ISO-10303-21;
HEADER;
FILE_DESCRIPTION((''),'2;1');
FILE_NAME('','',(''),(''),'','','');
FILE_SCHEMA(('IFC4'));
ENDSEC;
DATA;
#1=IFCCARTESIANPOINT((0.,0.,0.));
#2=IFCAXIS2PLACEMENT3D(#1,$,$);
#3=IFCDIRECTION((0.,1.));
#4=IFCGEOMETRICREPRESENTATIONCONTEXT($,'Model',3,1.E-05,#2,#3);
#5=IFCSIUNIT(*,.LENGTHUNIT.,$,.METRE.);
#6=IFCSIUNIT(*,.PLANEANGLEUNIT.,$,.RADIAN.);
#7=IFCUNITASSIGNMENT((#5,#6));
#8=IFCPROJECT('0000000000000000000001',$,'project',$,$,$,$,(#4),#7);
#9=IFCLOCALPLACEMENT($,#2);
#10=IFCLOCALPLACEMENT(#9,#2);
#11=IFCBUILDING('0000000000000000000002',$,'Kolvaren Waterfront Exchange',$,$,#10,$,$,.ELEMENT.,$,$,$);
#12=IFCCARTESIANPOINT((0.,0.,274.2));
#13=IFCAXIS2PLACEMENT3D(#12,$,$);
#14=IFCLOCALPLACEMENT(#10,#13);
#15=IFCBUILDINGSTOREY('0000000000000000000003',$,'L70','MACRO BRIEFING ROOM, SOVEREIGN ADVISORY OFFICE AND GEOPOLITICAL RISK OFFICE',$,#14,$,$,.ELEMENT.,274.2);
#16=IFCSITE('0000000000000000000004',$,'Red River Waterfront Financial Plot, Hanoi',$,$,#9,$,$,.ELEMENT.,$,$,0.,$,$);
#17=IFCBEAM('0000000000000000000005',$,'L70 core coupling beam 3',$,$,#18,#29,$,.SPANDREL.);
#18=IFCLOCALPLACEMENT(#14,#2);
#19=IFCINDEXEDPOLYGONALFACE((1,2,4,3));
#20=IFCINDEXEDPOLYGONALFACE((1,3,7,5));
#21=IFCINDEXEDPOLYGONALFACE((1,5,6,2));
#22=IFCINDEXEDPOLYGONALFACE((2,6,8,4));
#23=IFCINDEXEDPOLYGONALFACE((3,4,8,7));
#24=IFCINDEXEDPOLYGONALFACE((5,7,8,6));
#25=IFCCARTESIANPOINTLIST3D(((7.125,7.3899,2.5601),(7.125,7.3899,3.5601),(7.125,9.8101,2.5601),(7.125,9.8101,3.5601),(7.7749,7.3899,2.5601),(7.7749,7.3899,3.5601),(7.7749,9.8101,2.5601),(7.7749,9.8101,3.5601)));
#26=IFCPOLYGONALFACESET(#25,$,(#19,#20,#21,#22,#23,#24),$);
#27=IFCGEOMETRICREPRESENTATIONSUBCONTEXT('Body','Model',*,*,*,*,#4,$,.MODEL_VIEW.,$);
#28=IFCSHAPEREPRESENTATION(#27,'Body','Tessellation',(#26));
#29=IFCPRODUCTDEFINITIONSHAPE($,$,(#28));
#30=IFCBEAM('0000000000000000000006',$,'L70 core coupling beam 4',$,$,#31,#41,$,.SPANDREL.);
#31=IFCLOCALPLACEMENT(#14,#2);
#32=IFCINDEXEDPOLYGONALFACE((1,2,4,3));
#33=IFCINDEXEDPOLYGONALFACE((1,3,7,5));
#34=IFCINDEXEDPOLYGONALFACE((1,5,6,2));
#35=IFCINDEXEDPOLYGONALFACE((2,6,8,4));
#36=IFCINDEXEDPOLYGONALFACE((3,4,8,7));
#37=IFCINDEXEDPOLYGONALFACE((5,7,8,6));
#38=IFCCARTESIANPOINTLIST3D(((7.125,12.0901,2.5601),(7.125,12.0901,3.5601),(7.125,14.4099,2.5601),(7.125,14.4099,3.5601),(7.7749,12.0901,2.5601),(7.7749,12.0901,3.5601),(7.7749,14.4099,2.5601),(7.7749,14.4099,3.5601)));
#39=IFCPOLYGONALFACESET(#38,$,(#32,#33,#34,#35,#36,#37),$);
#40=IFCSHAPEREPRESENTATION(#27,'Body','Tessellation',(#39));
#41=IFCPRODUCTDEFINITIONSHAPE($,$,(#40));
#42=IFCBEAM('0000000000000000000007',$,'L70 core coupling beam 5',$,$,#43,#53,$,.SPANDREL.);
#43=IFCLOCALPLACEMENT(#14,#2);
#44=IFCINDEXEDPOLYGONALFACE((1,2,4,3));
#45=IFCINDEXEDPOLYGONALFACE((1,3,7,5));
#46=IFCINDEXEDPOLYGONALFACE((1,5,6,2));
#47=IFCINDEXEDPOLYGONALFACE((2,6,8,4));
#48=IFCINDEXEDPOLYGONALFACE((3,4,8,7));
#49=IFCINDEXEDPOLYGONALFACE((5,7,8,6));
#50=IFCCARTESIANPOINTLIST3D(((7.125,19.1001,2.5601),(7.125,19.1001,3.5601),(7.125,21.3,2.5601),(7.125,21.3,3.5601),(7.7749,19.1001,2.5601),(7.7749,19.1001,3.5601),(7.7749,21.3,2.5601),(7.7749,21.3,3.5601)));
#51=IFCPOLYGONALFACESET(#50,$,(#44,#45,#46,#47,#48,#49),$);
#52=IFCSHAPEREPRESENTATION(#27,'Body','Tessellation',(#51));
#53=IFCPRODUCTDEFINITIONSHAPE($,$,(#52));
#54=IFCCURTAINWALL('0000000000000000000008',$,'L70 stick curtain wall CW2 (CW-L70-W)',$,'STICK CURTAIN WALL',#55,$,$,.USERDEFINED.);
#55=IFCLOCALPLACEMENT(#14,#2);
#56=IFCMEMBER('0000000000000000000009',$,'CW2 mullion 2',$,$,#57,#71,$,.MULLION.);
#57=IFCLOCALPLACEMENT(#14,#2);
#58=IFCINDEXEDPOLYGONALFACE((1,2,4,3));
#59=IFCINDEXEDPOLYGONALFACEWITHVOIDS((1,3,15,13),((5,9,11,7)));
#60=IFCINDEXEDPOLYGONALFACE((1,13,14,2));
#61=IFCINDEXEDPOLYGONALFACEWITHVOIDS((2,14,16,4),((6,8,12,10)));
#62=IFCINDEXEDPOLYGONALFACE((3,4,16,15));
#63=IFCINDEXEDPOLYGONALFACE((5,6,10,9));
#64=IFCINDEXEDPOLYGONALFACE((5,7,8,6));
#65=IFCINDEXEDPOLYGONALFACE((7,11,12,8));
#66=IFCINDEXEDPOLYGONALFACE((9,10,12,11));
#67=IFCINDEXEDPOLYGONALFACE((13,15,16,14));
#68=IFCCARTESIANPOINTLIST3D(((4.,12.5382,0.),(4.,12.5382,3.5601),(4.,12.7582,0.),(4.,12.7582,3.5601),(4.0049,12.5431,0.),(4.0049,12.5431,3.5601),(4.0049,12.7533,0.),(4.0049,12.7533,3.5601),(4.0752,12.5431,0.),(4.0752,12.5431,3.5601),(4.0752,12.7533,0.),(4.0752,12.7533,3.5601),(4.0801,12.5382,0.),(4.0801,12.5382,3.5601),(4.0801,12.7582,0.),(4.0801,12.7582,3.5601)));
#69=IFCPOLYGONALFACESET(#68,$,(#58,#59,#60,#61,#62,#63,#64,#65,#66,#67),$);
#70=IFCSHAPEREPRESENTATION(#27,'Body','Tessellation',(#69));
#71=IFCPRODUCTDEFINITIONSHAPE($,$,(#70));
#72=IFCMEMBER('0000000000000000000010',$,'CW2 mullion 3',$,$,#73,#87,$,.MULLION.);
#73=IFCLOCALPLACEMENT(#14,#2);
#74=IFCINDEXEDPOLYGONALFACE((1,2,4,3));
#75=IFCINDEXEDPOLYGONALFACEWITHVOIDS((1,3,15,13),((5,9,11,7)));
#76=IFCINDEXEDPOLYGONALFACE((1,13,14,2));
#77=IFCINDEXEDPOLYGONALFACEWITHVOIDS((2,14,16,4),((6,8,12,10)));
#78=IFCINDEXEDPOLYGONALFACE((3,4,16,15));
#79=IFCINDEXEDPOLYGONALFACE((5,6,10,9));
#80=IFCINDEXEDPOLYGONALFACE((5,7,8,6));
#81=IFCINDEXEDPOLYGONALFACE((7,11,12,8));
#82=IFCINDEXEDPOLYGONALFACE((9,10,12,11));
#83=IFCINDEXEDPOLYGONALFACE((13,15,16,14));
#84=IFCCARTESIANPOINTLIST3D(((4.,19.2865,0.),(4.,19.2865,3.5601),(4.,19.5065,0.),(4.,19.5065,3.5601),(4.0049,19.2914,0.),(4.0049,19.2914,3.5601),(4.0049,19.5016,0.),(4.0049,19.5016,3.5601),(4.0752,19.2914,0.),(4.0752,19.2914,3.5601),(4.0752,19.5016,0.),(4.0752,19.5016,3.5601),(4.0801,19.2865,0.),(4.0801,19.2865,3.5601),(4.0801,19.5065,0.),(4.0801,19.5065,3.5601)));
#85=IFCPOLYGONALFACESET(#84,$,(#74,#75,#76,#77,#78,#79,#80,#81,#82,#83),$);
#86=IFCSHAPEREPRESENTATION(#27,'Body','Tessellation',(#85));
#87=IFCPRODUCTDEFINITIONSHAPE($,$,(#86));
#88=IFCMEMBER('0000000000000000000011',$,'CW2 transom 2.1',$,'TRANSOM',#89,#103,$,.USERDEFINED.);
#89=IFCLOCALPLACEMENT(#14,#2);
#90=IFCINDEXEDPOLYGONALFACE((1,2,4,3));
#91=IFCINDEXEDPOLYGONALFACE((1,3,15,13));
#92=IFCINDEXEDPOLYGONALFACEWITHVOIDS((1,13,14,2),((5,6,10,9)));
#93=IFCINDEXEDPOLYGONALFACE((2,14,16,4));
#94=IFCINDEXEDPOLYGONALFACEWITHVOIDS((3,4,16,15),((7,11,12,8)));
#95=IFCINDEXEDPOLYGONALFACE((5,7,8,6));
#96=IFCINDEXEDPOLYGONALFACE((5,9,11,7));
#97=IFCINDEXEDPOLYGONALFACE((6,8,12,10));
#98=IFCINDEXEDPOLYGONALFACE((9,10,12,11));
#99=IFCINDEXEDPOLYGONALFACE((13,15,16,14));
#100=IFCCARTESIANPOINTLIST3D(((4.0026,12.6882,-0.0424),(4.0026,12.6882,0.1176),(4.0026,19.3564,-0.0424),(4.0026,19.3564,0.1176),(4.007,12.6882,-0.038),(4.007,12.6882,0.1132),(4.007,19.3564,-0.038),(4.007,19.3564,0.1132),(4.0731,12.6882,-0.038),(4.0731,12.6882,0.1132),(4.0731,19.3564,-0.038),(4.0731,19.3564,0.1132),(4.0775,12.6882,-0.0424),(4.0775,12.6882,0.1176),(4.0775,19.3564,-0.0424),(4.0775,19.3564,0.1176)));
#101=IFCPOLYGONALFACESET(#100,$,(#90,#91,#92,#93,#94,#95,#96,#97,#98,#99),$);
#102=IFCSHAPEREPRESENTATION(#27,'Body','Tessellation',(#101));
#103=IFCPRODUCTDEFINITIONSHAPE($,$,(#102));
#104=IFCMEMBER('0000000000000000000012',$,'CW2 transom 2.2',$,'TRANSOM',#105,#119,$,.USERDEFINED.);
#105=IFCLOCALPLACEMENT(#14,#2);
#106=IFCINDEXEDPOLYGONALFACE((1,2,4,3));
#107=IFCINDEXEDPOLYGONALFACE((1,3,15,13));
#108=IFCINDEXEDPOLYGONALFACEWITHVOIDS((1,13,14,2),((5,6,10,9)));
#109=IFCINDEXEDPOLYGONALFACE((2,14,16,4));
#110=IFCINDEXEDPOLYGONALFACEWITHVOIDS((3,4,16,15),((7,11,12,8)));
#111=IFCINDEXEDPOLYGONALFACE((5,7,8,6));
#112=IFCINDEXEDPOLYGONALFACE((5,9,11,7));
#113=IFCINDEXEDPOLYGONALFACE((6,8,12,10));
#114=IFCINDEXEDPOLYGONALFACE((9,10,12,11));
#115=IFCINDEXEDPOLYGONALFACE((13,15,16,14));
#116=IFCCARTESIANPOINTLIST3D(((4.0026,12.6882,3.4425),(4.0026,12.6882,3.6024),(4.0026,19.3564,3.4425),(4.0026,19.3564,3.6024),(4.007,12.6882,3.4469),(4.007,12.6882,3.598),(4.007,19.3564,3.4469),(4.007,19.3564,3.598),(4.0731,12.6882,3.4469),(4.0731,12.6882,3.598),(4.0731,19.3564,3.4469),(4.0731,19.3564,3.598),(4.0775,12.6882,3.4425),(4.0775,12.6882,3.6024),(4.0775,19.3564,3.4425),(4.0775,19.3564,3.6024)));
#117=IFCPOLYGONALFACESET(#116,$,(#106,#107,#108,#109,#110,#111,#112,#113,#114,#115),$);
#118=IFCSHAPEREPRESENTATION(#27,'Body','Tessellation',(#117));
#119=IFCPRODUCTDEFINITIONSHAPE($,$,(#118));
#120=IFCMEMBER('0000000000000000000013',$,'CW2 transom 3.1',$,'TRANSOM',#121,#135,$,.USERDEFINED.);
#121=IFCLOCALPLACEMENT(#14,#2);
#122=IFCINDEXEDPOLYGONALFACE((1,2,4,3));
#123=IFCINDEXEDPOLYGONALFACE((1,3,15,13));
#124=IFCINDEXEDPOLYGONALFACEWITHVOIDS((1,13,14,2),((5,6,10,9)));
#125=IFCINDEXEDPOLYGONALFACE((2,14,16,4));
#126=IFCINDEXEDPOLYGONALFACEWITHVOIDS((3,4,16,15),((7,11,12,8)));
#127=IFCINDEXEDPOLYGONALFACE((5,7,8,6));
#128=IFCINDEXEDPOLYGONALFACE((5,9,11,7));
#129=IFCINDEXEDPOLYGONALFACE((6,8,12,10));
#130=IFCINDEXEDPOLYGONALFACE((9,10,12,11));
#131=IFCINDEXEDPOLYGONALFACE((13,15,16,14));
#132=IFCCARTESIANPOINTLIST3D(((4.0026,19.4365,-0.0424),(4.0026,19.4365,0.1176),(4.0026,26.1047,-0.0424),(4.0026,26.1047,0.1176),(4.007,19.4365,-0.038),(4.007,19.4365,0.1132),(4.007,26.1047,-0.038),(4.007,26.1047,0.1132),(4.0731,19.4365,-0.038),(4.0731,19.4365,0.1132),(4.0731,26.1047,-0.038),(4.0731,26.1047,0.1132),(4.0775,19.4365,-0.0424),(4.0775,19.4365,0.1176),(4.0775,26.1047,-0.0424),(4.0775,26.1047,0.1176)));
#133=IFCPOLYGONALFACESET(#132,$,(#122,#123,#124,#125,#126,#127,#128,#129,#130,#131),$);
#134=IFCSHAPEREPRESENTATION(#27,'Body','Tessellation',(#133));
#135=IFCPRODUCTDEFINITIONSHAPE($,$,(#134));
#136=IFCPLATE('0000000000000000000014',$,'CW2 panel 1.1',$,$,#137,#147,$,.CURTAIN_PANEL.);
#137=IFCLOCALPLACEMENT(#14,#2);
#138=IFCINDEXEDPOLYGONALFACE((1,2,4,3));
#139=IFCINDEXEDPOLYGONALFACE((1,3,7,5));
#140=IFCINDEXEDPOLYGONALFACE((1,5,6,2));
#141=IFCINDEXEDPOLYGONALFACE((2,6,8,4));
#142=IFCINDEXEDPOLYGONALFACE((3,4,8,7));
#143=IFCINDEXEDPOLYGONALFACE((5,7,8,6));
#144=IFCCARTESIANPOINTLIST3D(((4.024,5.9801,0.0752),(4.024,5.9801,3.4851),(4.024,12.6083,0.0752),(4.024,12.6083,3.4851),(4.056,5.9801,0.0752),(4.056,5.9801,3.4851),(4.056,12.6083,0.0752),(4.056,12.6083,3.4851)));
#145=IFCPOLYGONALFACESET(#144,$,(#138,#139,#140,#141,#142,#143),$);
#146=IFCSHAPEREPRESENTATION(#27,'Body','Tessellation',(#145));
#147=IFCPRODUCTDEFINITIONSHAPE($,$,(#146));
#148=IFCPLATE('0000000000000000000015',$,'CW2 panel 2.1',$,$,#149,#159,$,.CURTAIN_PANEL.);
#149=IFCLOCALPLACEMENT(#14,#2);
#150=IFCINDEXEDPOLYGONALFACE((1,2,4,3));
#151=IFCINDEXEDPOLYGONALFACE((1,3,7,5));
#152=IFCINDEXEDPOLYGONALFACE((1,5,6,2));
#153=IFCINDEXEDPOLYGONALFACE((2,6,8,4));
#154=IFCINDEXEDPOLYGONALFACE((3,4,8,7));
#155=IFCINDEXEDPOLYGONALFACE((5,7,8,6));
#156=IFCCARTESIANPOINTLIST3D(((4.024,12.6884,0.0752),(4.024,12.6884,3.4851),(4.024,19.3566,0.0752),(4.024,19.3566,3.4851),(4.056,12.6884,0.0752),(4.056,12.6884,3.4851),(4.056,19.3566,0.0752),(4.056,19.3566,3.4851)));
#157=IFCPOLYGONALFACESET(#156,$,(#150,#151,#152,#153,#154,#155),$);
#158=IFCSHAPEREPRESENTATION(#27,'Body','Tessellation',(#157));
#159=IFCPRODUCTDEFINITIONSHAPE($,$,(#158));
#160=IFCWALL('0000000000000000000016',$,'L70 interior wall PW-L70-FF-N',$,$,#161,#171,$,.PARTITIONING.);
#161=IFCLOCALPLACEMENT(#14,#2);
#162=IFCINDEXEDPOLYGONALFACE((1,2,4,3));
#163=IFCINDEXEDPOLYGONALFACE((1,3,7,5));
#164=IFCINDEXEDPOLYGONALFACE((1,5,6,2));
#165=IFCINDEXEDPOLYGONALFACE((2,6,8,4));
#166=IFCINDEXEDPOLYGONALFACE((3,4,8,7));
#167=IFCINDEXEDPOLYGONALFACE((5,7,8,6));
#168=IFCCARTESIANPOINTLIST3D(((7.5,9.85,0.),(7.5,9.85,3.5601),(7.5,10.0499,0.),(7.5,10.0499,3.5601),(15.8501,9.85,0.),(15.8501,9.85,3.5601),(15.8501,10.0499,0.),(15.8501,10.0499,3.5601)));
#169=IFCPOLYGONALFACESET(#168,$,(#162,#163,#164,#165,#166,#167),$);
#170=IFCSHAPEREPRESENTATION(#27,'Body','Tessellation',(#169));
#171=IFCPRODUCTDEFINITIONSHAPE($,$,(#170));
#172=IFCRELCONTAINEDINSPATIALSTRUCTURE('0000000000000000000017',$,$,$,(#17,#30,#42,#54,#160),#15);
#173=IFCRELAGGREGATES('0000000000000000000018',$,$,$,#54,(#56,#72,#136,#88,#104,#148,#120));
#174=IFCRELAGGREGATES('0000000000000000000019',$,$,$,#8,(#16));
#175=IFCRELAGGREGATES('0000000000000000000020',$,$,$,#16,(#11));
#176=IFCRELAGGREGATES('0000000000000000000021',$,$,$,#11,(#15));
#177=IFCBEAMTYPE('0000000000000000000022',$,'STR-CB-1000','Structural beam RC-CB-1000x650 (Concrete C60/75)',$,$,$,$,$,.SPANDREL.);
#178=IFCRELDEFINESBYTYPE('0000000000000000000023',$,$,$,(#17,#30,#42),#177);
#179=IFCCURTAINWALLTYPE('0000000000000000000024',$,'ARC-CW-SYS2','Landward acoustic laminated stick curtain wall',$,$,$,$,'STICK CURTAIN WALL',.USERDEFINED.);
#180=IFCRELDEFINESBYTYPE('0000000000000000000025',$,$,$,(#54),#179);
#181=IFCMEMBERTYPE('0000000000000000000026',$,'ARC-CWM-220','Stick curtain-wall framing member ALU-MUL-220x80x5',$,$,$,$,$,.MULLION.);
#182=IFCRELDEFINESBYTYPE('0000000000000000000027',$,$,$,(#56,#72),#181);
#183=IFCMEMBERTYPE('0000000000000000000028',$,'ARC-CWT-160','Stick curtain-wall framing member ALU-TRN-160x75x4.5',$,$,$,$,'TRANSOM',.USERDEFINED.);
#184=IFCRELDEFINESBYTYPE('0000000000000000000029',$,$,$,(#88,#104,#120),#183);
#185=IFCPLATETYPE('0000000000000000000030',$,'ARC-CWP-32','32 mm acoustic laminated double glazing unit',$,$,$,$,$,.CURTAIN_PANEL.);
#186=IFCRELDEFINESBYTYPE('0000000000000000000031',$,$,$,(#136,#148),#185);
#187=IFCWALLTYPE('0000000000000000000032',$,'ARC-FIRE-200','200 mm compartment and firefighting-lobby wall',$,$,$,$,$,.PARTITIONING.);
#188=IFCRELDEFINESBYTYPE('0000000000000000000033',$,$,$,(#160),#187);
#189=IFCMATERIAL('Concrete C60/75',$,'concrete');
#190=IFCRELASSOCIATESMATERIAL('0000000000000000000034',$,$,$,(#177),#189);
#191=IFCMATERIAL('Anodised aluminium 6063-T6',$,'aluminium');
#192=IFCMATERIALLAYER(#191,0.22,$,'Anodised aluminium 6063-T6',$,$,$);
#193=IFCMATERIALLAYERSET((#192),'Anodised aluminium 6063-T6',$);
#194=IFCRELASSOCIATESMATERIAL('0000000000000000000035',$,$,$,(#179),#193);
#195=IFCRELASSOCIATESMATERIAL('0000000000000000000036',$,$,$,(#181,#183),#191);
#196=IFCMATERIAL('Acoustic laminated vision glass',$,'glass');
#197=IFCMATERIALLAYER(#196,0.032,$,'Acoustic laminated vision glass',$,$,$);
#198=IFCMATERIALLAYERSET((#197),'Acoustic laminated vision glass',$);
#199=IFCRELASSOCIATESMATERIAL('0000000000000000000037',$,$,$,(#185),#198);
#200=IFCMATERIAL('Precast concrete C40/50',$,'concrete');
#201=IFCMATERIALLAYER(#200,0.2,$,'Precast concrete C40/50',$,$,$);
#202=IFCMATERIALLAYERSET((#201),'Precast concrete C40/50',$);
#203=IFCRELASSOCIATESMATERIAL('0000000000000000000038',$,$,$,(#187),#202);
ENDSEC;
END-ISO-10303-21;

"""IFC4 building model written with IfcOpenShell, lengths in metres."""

from ifc_helpers import new_model, si_unit, direction, frame, frame_2d, origin, origin_with_axes, origin_2d, place, context, subcontext, project, spatial, rectangle, hollow_rectangle, extrude, source, transform, mapped, material, layer, layer_set, material_profile, profile_set, type_object, element, aggregate, save


model = new_model("IFC4")

# Units and contexts
model_context = context("Model", 3, precision=1e-05, world=origin(), true_north=direction((0.0, 1.0)))
body_context = subcontext(model_context, "Body", "Model", "MODEL_VIEW")
ifc_project = project(units=[si_unit("LENGTHUNIT", "METRE"), si_unit("PLANEANGLEUNIT", "RADIAN")], contexts=[model_context])

# Site, building, storey
site_placement = place(None, origin())
site = spatial("IfcSite", under=ifc_project, at=site_placement, Name="Red River Waterfront Financial Plot, Hanoi", CompositionType="ELEMENT", RefElevation=0.0)
building_placement = place(site_placement, origin())
building = spatial("IfcBuilding", under=site, at=building_placement, Name="Kolvaren Waterfront Exchange", CompositionType="ELEMENT")
storey_placement = place(building_placement, frame((0.0, 0.0, 274.2)))
storey = spatial("IfcBuildingStorey", under=building, at=storey_placement, Name="L70", Description="MACRO BRIEFING ROOM, SOVEREIGN ADVISORY OFFICE AND GEOPOLITICAL RISK OFFICE", CompositionType="ELEMENT", Elevation=274.2)

# Beams
ifc_material_1 = material(Name="Concrete C60/75", Category="concrete")
ifc_material_profile_1 = material_profile(ifc_material_1, rectangle(XDim=0.6499, YDim=1.0, at=origin_2d()), Name="RC-CB-1000x650")
ifc_profile_set_1 = profile_set([ifc_material_profile_1], Name="Concrete C60/75")
beam_type = type_object("IfcBeamType", Name="STR-CB-1000", Description="Structural beam RC-CB-1000x650 (Concrete C60/75)", PredefinedType="SPANDREL", material=ifc_profile_set_1)
beam_1_placement = place(storey_placement, frame((7.45, 7.3899, 3.0601), z_axis=(0.0, 1.0, 0.0), x_axis=(-1.0, 0.0, 0.0)))
element("IfcBeam", 1, at=beam_1_placement, inside=storey, type_object=beam_type, Name="L70 core coupling beam 3", PredefinedType="SPANDREL", context=body_context, shape_type="SweptSolid", body=[
    extrude(rectangle(XDim=0.6499, YDim=1.0, at=origin_2d()), origin(), (0.0, 0.0, 1.0), 2.4202),
])
beam_2_placement = place(storey_placement, frame((7.45, 12.0901, 3.0601), z_axis=(0.0, 1.0, 0.0), x_axis=(-1.0, 0.0, 0.0)))
element("IfcBeam", 2, at=beam_2_placement, inside=storey, type_object=beam_type, Name="L70 core coupling beam 4", PredefinedType="SPANDREL", context=body_context, shape_type="SweptSolid", body=[
    extrude(rectangle(XDim=0.6499, YDim=1.0, at=origin_2d()), origin(), (0.0, 0.0, 1.0), 2.3198),
])
beam_3_placement = place(storey_placement, frame((7.45, 19.1001, 3.0601), z_axis=(0.0, 1.0, 0.0), x_axis=(-1.0, 0.0, 0.0)))
element("IfcBeam", 3, at=beam_3_placement, inside=storey, type_object=beam_type, Name="L70 core coupling beam 5", PredefinedType="SPANDREL", context=body_context, shape_type="SweptSolid", body=[
    extrude(rectangle(XDim=0.6499, YDim=1.0, at=origin_2d()), origin(), (0.0, 0.0, 1.0), 2.2),
])

# Curtain wall, members, plates
ifc_material_2 = material(Name="Anodised aluminium 6063-T6", Category="aluminium")
ifc_layer_1 = layer(ifc_material_2, 0.22, Name="Anodised aluminium 6063-T6")
ifc_layer_set_1 = layer_set([ifc_layer_1], Name="Anodised aluminium 6063-T6")
curtain_wall_type = type_object("IfcCurtainWallType", Name="ARC-CW-SYS2", Description="Landward acoustic laminated stick curtain wall", ElementType="STICK CURTAIN WALL", PredefinedType="USERDEFINED", material=ifc_layer_set_1)
curtain_wall_placement = place(storey_placement, origin())
curtain_wall = element("IfcCurtainWall", 4, at=curtain_wall_placement, inside=storey, type_object=curtain_wall_type, Name="L70 stick curtain wall CW2 (CW-L70-W)", ObjectType="STICK CURTAIN WALL", PredefinedType="USERDEFINED")
ifc_material_profile_2 = material_profile(ifc_material_2, hollow_rectangle(XDim=0.0801, YDim=0.22, WallThickness=0.0049, at=origin_2d()), Name="ALU-MUL-220x80x5")
ifc_profile_set_2 = profile_set([ifc_material_profile_2], Name="Anodised aluminium 6063-T6")
member_type_1 = type_object("IfcMemberType", Name="ARC-CWM-220", Description="Stick curtain-wall framing member ALU-MUL-220x80x5", PredefinedType="MULLION", material=ifc_profile_set_2)
shared_shape_1 = source(origin_with_axes(), body_context, "Body", "SweptSolid", [
    extrude(hollow_rectangle(XDim=0.0801, YDim=0.22, WallThickness=0.0049, at=origin_2d()), origin(), (0.0, 0.0, 1.0), 3.5601),
])
member_1_placement = place(storey_placement, frame((4.04, 12.6482, 0.0), z_axis=(0.0, 0.0, 1.0), x_axis=(-1.0, 0.0, 0.0)))
member_1 = element("IfcMember", 5, at=member_1_placement, type_object=member_type_1, Name="CW2 mullion 2", PredefinedType="MULLION", context=body_context, shape_type="MappedRepresentation", body=[
    mapped(shared_shape_1, transform((0.0, 0.0, 0.0), x_axis=(1.0, 0.0, 0.0), y_axis=(0.0, 1.0, 0.0), z_axis=(0.0, 0.0, 1.0), scale=1.0)),
])
member_2_placement = place(storey_placement, frame((4.04, 19.3965, 0.0), z_axis=(0.0, 0.0, 1.0), x_axis=(-1.0, 0.0, 0.0)))
member_2 = element("IfcMember", 6, at=member_2_placement, type_object=member_type_1, Name="CW2 mullion 3", PredefinedType="MULLION", context=body_context, shape_type="MappedRepresentation", body=[
    mapped(shared_shape_1, transform((0.0, 0.0, 0.0), x_axis=(1.0, 0.0, 0.0), y_axis=(0.0, 1.0, 0.0), z_axis=(0.0, 0.0, 1.0), scale=1.0)),
])
ifc_material_profile_3 = material_profile(ifc_material_2, hollow_rectangle(XDim=0.075, YDim=0.1599, WallThickness=0.0044, at=origin_2d()), Name="ALU-TRN-160x75x4.5")
ifc_profile_set_3 = profile_set([ifc_material_profile_3], Name="Anodised aluminium 6063-T6")
member_type_2 = type_object("IfcMemberType", Name="ARC-CWT-160", Description="Stick curtain-wall framing member ALU-TRN-160x75x4.5", ElementType="TRANSOM", PredefinedType="USERDEFINED", material=ifc_profile_set_3)
shared_shape_2 = source(origin_with_axes(), body_context, "Body", "SweptSolid", [
    extrude(hollow_rectangle(XDim=0.075, YDim=0.1599, WallThickness=0.0044, at=origin_2d()), origin(), (0.0, 0.0, 1.0), 6.6682),
])
member_3_placement = place(storey_placement, frame((4.04, 12.6882, 0.0376), z_axis=(0.0, 1.0, 0.0), x_axis=(-1.0, 0.0, 0.0)))
member_3 = element("IfcMember", 7, at=member_3_placement, type_object=member_type_2, Name="CW2 transom 2.1", ObjectType="TRANSOM", PredefinedType="USERDEFINED", context=body_context, shape_type="MappedRepresentation", body=[
    mapped(shared_shape_2, transform((0.0, 0.0, 0.0), x_axis=(1.0, 0.0, 0.0), y_axis=(0.0, 1.0, 0.0), z_axis=(0.0, 0.0, 1.0), scale=1.0)),
])
member_4_placement = place(storey_placement, frame((4.04, 12.6882, 3.5225), z_axis=(0.0, 1.0, 0.0), x_axis=(-1.0, 0.0, 0.0)))
member_4 = element("IfcMember", 8, at=member_4_placement, type_object=member_type_2, Name="CW2 transom 2.2", ObjectType="TRANSOM", PredefinedType="USERDEFINED", context=body_context, shape_type="MappedRepresentation", body=[
    mapped(shared_shape_2, transform((0.0, 0.0, 0.0), x_axis=(1.0, 0.0, 0.0), y_axis=(0.0, 1.0, 0.0), z_axis=(0.0, 0.0, 1.0), scale=1.0)),
])
member_5_placement = place(storey_placement, frame((4.04, 19.4365, 0.0376), z_axis=(0.0, 1.0, 0.0), x_axis=(-1.0, 0.0, 0.0)))
member_5 = element("IfcMember", 9, at=member_5_placement, type_object=member_type_2, Name="CW2 transom 3.1", ObjectType="TRANSOM", PredefinedType="USERDEFINED", context=body_context, shape_type="MappedRepresentation", body=[
    mapped(shared_shape_2, transform((0.0, 0.0, 0.0), x_axis=(1.0, 0.0, 0.0), y_axis=(0.0, 1.0, 0.0), z_axis=(0.0, 0.0, 1.0), scale=1.0)),
])
ifc_material_3 = material(Name="Acoustic laminated vision glass", Category="glass")
ifc_layer_2 = layer(ifc_material_3, 0.032, Name="Acoustic laminated vision glass")
ifc_layer_set_2 = layer_set([ifc_layer_2], Name="Acoustic laminated vision glass")
plate_type = type_object("IfcPlateType", Name="ARC-CWP-32", Description="32 mm acoustic laminated double glazing unit", PredefinedType="CURTAIN_PANEL", material=ifc_layer_set_2)
shared_shape_3 = source(origin_with_axes(), body_context, "Body", "SweptSolid", [
    extrude(rectangle(XDim=6.6282, YDim=0.032, at=origin_2d()), origin(), (0.0, 0.0, 1.0), 3.4099),
])
plate_1_placement = place(storey_placement, frame((4.04, 9.2942, 0.0752), z_axis=(0.0, 0.0, 1.0), x_axis=(0.0, 1.0, 0.0)))
plate_1 = element("IfcPlate", 10, at=plate_1_placement, type_object=plate_type, Name="CW2 panel 1.1", PredefinedType="CURTAIN_PANEL", context=body_context, shape_type="MappedRepresentation", body=[
    mapped(shared_shape_3, transform((0.0, 0.0, 0.0), x_axis=(1.0, 0.0, 0.0), y_axis=(0.0, 1.0, 0.0), z_axis=(0.0, 0.0, 1.0), scale=1.0)),
])
shared_shape_4 = source(origin_with_axes(), body_context, "Body", "SweptSolid", [
    extrude(rectangle(XDim=6.6682, YDim=0.032, at=origin_2d()), origin(), (0.0, 0.0, 1.0), 3.4099),
])
plate_2_placement = place(storey_placement, frame((4.04, 16.0225, 0.0752), z_axis=(0.0, 0.0, 1.0), x_axis=(0.0, 1.0, 0.0)))
plate_2 = element("IfcPlate", 11, at=plate_2_placement, type_object=plate_type, Name="CW2 panel 2.1", PredefinedType="CURTAIN_PANEL", context=body_context, shape_type="MappedRepresentation", body=[
    mapped(shared_shape_4, transform((0.0, 0.0, 0.0), x_axis=(1.0, 0.0, 0.0), y_axis=(0.0, 1.0, 0.0), z_axis=(0.0, 0.0, 1.0), scale=1.0)),
])
aggregate(curtain_wall, [member_1, member_2, plate_1, member_3, member_4, plate_2, member_5])

# Wall
ifc_material_4 = material(Name="Precast concrete C40/50", Category="concrete")
ifc_layer_3 = layer(ifc_material_4, 0.2, Name="Precast concrete C40/50")
ifc_layer_set_3 = layer_set([ifc_layer_3], Name="Precast concrete C40/50")
wall_type_1 = type_object("IfcWallType", Name="ARC-FIRE-200", Description="200 mm compartment and firefighting-lobby wall", PredefinedType="PARTITIONING", material=ifc_layer_set_3)
wall_1_placement = place(storey_placement, frame((7.5, 9.95, 0.0), z_axis=(0.0, 0.0, 1.0), x_axis=(1.0, 0.0, 0.0)))
element("IfcWall", 12, at=wall_1_placement, inside=storey, type_object=wall_type_1, Name="L70 interior wall PW-L70-FF-N", PredefinedType="PARTITIONING", context=body_context, shape_type="SweptSolid", body=[
    extrude(rectangle(XDim=8.3501, YDim=0.2, at=frame_2d((4.175, 0.0))), origin(), (0.0, 0.0, 1.0), 3.5601),
])

save(model, "model.ifc")
